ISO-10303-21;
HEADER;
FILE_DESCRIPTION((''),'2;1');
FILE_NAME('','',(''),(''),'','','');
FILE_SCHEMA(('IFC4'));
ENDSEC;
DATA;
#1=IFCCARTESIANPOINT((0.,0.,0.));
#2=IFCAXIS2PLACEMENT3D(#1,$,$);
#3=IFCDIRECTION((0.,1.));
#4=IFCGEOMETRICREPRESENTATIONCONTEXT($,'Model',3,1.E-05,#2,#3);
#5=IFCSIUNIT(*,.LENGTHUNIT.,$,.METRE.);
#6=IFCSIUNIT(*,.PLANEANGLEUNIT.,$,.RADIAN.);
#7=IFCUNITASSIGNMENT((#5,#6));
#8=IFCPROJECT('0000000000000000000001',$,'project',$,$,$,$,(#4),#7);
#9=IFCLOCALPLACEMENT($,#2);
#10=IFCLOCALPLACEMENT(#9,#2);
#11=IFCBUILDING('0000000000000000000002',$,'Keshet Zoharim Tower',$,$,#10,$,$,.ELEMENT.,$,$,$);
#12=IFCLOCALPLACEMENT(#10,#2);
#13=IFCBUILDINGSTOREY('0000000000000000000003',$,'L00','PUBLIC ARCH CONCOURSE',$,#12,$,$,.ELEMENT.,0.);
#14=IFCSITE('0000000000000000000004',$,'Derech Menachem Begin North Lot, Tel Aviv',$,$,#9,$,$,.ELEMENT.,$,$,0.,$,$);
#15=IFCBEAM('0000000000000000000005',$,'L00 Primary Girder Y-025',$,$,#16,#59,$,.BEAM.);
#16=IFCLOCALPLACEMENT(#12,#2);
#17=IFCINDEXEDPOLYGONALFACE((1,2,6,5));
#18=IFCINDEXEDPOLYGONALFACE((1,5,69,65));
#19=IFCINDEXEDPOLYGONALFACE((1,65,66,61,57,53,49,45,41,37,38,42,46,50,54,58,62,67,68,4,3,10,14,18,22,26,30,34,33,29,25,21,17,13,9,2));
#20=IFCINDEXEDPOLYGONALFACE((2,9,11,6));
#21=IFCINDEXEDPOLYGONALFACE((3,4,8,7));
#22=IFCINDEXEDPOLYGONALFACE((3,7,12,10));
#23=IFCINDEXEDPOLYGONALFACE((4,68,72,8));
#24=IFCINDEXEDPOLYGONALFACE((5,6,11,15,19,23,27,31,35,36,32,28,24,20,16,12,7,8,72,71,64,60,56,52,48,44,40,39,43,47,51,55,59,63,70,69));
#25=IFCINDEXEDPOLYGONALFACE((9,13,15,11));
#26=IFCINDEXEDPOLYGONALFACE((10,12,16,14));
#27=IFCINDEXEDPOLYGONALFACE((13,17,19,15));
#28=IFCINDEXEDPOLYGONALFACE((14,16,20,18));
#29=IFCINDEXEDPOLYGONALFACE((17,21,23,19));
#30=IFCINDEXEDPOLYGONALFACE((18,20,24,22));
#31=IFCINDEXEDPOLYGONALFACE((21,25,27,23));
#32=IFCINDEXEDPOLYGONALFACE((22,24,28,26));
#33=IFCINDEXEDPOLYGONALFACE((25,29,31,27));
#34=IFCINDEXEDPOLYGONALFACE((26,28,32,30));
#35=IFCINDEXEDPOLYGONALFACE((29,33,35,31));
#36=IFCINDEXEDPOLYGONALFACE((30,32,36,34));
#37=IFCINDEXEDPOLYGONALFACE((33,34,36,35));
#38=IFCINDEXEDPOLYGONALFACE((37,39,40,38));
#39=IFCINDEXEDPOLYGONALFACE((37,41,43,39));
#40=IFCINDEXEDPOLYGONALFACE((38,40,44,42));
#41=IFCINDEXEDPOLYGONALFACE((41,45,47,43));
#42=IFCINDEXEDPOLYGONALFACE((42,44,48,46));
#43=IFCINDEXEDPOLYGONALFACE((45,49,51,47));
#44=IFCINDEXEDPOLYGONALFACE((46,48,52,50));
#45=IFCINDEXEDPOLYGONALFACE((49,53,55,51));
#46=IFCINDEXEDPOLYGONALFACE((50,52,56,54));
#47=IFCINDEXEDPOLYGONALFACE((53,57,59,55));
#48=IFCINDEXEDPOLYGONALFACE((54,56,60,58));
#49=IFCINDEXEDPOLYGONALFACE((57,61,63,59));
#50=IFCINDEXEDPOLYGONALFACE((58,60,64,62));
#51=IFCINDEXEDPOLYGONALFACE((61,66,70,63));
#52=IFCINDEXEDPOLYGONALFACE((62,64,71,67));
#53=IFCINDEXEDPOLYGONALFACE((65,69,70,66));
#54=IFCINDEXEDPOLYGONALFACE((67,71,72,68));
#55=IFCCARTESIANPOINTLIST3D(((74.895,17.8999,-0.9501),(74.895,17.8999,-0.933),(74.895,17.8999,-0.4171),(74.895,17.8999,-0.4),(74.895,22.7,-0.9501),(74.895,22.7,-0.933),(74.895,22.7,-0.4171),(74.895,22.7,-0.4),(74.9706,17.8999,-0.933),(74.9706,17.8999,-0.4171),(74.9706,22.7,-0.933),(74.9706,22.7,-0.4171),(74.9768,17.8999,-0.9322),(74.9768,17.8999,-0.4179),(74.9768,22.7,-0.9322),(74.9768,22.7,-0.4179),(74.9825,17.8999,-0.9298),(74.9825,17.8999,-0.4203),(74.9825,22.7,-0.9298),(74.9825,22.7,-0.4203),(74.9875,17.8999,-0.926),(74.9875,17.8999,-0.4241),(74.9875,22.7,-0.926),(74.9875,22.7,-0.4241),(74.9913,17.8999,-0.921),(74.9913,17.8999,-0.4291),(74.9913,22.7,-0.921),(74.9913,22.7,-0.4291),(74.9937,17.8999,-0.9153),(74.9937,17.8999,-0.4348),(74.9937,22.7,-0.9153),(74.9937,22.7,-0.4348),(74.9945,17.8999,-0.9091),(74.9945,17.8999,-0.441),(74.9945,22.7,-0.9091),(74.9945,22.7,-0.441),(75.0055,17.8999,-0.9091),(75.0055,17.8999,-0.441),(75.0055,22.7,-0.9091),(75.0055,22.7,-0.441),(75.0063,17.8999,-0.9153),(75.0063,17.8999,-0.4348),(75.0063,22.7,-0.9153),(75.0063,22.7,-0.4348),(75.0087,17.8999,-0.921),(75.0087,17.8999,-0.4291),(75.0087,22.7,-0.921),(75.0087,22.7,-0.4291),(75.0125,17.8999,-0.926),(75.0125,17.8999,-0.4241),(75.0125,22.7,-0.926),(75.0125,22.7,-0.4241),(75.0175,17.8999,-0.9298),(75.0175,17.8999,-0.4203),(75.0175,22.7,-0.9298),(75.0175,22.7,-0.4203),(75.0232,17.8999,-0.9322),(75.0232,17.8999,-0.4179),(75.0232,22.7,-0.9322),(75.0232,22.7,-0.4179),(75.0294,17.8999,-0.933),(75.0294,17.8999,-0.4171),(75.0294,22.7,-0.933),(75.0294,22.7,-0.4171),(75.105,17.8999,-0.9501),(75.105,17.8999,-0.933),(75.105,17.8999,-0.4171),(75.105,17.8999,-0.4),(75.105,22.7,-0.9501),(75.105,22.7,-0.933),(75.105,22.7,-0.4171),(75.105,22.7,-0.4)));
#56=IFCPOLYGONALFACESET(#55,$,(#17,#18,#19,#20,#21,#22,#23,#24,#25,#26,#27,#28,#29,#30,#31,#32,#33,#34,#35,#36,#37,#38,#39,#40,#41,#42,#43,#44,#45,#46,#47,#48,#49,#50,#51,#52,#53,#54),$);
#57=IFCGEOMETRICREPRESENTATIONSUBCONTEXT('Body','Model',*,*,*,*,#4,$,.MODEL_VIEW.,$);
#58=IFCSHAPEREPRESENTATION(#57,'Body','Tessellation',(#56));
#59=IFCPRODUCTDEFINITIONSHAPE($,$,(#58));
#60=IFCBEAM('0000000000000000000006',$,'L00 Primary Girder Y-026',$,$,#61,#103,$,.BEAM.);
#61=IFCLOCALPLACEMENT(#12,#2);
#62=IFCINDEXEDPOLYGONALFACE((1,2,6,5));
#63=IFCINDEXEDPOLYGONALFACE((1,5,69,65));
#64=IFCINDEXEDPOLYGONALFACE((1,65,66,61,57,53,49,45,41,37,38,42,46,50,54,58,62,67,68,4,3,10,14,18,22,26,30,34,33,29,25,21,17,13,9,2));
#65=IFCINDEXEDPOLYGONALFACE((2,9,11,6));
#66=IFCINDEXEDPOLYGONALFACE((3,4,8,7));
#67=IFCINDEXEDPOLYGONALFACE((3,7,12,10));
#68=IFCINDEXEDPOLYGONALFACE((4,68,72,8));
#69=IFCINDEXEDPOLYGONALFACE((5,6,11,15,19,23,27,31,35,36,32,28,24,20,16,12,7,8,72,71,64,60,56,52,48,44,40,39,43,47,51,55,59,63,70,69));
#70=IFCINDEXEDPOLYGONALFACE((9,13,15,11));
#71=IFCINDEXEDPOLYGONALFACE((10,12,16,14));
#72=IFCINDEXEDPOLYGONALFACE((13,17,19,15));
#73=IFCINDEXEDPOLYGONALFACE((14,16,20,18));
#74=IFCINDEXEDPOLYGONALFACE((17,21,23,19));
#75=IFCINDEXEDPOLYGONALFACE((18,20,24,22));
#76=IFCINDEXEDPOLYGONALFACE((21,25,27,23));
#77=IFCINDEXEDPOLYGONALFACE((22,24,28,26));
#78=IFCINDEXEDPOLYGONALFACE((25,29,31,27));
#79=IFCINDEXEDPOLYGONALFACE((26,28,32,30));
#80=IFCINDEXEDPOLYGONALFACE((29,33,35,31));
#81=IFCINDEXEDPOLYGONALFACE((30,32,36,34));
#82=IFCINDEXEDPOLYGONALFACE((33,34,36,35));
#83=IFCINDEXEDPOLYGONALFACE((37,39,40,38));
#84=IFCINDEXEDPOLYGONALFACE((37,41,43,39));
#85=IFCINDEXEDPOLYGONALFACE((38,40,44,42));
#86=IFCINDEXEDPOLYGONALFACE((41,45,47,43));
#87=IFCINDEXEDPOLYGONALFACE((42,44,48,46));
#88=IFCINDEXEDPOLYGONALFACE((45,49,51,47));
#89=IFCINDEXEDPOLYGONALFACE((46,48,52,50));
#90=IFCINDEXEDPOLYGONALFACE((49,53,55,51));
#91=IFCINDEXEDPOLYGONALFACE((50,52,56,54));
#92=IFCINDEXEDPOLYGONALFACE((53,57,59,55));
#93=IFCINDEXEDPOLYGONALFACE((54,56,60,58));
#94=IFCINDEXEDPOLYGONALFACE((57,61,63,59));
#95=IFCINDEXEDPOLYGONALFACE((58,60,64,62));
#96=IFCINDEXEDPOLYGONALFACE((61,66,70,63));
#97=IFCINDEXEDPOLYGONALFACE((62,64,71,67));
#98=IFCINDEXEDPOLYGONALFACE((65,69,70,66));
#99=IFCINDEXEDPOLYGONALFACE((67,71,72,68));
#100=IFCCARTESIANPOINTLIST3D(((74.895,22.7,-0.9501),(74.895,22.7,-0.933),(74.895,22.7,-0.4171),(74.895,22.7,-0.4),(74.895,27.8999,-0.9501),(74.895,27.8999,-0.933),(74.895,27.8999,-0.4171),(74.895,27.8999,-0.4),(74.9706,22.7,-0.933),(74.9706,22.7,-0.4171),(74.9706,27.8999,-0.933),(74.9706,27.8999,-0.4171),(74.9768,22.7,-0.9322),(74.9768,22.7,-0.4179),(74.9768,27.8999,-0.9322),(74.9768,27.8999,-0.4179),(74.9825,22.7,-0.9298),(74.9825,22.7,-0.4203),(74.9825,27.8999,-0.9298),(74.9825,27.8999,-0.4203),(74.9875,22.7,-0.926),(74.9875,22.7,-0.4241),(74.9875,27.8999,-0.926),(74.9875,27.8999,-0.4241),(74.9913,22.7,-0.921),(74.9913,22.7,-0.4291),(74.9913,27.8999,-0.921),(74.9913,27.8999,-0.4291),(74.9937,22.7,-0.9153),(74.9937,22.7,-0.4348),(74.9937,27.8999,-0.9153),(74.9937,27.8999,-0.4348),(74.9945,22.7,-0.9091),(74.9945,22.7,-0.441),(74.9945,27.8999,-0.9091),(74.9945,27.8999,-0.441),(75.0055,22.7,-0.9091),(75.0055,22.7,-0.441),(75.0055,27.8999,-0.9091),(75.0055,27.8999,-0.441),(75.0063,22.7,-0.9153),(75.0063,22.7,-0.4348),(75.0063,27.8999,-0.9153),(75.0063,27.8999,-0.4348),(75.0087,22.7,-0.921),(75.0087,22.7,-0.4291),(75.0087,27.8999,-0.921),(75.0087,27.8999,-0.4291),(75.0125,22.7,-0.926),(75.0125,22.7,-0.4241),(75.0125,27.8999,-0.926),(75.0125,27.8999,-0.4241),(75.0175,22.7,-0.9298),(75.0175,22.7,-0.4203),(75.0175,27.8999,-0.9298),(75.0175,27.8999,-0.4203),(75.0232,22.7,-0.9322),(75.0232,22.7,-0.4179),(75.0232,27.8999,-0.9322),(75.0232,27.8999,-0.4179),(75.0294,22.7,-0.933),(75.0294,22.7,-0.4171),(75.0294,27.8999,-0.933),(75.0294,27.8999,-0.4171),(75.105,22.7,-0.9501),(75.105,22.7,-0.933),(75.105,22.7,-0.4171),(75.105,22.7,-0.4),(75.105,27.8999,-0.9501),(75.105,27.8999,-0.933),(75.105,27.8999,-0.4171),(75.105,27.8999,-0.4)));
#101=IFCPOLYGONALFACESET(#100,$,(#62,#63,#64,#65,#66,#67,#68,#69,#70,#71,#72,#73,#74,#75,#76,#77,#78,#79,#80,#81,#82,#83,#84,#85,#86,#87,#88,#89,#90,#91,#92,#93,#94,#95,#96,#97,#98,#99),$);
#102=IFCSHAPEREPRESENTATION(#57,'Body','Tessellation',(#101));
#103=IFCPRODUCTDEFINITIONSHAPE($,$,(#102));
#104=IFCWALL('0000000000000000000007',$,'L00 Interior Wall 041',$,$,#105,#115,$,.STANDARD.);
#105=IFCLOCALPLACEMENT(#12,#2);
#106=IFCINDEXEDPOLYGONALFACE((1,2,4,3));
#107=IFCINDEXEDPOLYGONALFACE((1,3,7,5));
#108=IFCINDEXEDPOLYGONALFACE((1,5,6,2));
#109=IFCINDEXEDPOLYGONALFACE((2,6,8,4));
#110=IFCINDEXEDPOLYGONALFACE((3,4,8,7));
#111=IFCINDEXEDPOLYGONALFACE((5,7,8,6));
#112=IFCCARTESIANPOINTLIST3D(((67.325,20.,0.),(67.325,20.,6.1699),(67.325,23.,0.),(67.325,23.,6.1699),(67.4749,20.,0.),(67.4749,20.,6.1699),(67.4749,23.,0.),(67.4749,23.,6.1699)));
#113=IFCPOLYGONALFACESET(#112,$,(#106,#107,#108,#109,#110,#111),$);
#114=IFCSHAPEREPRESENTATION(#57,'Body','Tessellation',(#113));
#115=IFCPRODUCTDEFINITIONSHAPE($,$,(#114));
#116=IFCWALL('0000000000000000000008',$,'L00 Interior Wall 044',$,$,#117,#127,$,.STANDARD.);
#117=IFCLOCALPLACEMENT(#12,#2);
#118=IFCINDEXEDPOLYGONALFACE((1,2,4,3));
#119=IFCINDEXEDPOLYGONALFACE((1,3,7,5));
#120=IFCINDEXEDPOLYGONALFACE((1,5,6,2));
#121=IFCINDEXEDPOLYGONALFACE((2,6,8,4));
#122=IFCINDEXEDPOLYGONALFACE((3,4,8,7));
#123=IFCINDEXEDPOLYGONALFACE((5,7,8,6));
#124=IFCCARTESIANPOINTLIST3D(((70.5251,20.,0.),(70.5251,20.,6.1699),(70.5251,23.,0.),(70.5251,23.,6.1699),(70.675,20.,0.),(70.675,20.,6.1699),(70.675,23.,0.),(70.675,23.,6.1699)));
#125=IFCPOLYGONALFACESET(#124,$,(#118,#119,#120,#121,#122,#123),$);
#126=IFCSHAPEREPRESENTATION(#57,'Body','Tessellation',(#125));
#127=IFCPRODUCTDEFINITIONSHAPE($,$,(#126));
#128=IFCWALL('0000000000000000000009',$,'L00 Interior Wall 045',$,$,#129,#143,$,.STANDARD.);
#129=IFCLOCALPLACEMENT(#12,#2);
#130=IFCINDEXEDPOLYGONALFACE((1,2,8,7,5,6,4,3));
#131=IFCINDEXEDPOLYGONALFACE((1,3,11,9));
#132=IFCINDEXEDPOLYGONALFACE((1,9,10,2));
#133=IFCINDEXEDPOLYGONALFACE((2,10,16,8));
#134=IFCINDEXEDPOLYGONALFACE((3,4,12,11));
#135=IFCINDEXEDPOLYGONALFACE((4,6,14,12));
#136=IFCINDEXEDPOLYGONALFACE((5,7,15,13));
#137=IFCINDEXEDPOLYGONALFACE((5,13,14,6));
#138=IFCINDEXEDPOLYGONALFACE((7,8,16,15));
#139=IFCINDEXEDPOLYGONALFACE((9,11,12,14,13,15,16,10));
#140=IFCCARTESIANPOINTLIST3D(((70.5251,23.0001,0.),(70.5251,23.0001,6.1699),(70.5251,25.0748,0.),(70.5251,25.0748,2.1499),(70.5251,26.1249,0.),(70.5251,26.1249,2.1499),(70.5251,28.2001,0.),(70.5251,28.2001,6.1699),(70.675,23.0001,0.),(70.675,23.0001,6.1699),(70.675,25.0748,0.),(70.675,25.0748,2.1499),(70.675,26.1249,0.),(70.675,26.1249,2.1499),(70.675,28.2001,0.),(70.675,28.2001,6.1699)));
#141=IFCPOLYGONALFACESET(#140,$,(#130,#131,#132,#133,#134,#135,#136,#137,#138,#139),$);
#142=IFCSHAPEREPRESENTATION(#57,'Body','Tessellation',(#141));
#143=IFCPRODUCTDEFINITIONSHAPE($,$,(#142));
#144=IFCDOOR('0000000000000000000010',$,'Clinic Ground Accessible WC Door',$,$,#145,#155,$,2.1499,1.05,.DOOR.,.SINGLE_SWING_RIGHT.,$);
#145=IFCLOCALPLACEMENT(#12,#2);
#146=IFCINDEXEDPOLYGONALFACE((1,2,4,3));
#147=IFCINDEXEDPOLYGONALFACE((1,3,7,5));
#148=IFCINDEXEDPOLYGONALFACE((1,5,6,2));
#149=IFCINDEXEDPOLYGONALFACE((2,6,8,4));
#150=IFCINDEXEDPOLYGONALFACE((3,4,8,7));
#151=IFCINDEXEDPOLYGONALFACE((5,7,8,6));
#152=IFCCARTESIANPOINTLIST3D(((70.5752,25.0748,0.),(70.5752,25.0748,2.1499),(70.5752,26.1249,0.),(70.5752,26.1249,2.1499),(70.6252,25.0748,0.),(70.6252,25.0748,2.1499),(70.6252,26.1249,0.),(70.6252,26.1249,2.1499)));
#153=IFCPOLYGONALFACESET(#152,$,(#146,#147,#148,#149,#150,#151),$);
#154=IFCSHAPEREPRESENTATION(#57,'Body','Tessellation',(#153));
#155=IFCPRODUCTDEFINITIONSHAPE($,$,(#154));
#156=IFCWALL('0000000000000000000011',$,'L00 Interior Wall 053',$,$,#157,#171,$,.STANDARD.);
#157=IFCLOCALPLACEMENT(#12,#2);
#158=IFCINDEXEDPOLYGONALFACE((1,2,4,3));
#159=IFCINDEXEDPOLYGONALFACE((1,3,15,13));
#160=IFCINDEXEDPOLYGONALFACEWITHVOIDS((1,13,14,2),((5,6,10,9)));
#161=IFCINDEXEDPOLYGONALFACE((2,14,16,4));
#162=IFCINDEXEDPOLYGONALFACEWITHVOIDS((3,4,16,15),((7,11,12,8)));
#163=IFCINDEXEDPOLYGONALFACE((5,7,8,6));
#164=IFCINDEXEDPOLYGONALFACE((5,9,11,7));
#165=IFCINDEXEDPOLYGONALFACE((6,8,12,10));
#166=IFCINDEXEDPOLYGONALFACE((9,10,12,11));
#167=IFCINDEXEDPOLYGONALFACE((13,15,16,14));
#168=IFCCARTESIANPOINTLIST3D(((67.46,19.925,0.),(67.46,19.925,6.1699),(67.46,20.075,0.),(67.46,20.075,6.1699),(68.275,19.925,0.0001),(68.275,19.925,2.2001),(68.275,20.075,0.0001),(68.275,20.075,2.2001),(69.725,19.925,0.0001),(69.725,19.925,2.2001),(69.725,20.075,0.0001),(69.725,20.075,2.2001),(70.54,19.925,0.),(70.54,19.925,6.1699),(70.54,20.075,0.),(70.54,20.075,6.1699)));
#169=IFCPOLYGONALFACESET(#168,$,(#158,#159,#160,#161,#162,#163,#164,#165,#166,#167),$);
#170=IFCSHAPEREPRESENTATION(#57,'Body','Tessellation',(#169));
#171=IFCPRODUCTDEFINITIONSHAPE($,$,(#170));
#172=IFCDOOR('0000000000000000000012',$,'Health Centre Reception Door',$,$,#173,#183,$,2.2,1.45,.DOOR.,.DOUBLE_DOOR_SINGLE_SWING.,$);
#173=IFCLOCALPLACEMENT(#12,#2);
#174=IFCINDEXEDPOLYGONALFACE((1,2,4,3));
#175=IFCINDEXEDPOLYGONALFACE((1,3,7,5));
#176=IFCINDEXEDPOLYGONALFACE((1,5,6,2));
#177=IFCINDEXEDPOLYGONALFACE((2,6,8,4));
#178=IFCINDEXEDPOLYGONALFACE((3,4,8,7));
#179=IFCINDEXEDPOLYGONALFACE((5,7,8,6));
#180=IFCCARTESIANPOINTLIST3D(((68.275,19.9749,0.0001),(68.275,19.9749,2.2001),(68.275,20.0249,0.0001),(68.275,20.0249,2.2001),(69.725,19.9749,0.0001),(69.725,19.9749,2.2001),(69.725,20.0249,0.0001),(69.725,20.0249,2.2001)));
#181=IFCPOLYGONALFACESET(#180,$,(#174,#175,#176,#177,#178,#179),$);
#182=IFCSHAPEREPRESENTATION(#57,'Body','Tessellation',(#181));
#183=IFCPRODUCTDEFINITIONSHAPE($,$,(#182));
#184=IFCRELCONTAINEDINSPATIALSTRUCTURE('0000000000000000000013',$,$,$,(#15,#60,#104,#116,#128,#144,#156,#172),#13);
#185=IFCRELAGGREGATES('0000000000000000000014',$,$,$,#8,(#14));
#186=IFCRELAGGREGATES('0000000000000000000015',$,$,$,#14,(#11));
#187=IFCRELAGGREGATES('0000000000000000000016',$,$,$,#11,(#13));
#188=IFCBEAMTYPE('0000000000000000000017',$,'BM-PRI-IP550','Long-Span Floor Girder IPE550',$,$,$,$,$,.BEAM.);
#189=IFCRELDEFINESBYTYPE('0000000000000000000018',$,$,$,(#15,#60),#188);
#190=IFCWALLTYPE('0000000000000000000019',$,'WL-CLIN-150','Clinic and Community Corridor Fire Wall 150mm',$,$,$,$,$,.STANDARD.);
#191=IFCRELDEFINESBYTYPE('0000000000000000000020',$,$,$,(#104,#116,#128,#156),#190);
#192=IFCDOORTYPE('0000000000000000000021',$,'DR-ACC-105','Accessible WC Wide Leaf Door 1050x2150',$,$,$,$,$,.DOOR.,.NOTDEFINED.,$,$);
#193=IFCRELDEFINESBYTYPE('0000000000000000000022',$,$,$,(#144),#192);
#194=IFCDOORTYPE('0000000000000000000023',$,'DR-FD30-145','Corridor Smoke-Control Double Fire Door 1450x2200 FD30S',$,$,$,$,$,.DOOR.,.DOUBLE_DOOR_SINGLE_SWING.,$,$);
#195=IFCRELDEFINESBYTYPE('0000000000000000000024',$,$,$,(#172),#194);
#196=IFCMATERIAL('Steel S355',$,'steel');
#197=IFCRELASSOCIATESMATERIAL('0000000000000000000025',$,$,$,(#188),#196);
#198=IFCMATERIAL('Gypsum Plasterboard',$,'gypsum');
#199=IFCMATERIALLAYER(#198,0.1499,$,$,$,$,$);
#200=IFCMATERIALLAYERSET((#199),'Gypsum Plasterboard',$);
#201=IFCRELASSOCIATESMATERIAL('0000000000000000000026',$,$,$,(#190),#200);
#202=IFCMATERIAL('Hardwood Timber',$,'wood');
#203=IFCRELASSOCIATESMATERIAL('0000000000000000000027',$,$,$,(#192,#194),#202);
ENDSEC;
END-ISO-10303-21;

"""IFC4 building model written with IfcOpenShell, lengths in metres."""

from ifc_helpers import new_model, si_unit, direction, frame, frame_2d, origin, origin_2d, place, context, subcontext, project, spatial, rectangle, i_section, extrude, material, layer, layer_set, material_profile, profile_set, type_object, element, fill, save


model = new_model("IFC4")

# Units and contexts
model_context = context("Model", 3, precision=1e-05, world=origin(), true_north=direction((0.0, 1.0)))
body_context = subcontext(model_context, "Body", "Model", "MODEL_VIEW")
ifc_project = project(units=[si_unit("LENGTHUNIT", "METRE"), si_unit("PLANEANGLEUNIT", "RADIAN")], contexts=[model_context])

# Site, building, storey
site_placement = place(None, origin())
site = spatial("IfcSite", under=ifc_project, at=site_placement, Name="Derech Menachem Begin North Lot, Tel Aviv", CompositionType="ELEMENT", RefElevation=0.0)
building_placement = place(site_placement, origin())
building = spatial("IfcBuilding", under=site, at=building_placement, Name="Keshet Zoharim Tower", CompositionType="ELEMENT")
storey_placement = place(building_placement, origin())
storey = spatial("IfcBuildingStorey", under=building, at=storey_placement, Name="L00", Description="PUBLIC ARCH CONCOURSE", CompositionType="ELEMENT", Elevation=0.0)

# Beams
ifc_material_1 = material(Name="Steel S355", Category="steel")
ifc_material_profile_1 = material_profile(ifc_material_1, i_section(OverallWidth=0.21, OverallDepth=0.55, WebThickness=0.011, FlangeThickness=0.0171, FilletRadius=0.0239, at=origin_2d()), Name="IPE550")
ifc_profile_set_1 = profile_set([ifc_material_profile_1], Name="Steel S355")
beam_type_1 = type_object("IfcBeamType", Name="BM-PRI-IP550", Description="Long-Span Floor Girder IPE550", PredefinedType="BEAM", material=ifc_profile_set_1)
beam_1_placement = place(storey_placement, frame((75.0, 17.8999, -0.675), z_axis=(0.0, 1.0, 0.0), x_axis=(-1.0, 0.0, 0.0)))
element("IfcBeam", 1, at=beam_1_placement, inside=storey, type_object=beam_type_1, Name="L00 Primary Girder Y-025", PredefinedType="BEAM", context=body_context, shape_type="SweptSolid", body=[
    extrude(i_section(OverallWidth=0.21, OverallDepth=0.55, WebThickness=0.011, FlangeThickness=0.0171, FilletRadius=0.0239, at=origin_2d()), origin(), (0.0, 0.0, 1.0), 4.8),
])
beam_2_placement = place(storey_placement, frame((75.0, 22.7, -0.675), z_axis=(0.0, 1.0, 0.0), x_axis=(-1.0, 0.0, 0.0)))
element("IfcBeam", 2, at=beam_2_placement, inside=storey, type_object=beam_type_1, Name="L00 Primary Girder Y-026", PredefinedType="BEAM", context=body_context, shape_type="SweptSolid", body=[
    extrude(i_section(OverallWidth=0.21, OverallDepth=0.55, WebThickness=0.011, FlangeThickness=0.0171, FilletRadius=0.0239, at=origin_2d()), origin(), (0.0, 0.0, 1.0), 5.2),
])

# Walls
ifc_material_2 = material(Name="Gypsum Plasterboard", Category="gypsum")
ifc_layer_1 = layer(ifc_material_2, 0.1499)
ifc_layer_set_1 = layer_set([ifc_layer_1], Name="Gypsum Plasterboard")
wall_type_1 = type_object("IfcWallType", Name="WL-CLIN-150", Description="Clinic and Community Corridor Fire Wall 150mm", PredefinedType="STANDARD", material=ifc_layer_set_1)
for number, where, z_axis, x_axis, name in (
    (3, (67.3999, 20.0, 0.0), (0.0, 0.0, 1.0), (0.0, 1.0, 0.0), "L00 Interior Wall 041"),
    (4, (70.6001, 20.0, 0.0), (0.0, 0.0, 1.0), (0.0, 1.0, 0.0), "L00 Interior Wall 044"),
):
    element("IfcWall", number, at=place(storey_placement, frame(where, z_axis=z_axis, x_axis=x_axis)), inside=storey, type_object=wall_type_1, Name=name, PredefinedType="STANDARD", context=body_context, shape_type="SweptSolid", body=[
        extrude(rectangle(XDim=3.0, YDim=0.1499, at=frame_2d((1.5, 0.0))), origin(), (0.0, 0.0, 1.0), 6.1699),
    ])

# Walls, openings, doors
wall_1_placement = place(storey_placement, frame((70.6001, 23.0, 0.0), z_axis=(0.0, 0.0, 1.0), x_axis=(0.0, 1.0, 0.0)))
wall_1 = element("IfcWall", 5, at=wall_1_placement, inside=storey, type_object=wall_type_1, Name="L00 Interior Wall 045", PredefinedType="STANDARD", context=body_context, shape_type="SweptSolid", body=[
    extrude(rectangle(XDim=5.2, YDim=0.1499, at=frame_2d((2.6001, 0.0))), origin(), (0.0, 0.0, 1.0), 6.1699),
])
opening_1_placement = place(wall_1_placement, frame((2.075, 0.0, 0.0)))
opening_1 = element("IfcOpeningElement", 6, at=opening_1_placement, cuts=wall_1, PredefinedType="OPENING", context=body_context, shape_type="SweptSolid", body=[
    extrude(rectangle(XDim=1.05, YDim=2.1499, at=frame_2d((0.5249, 1.075))), frame((0.0, 0.085, 0.0), z_axis=(0.0, -1.0, 0.0), x_axis=(1.0, 0.0, 0.0)), (0.0, 0.0, 1.0), 0.1699),
])
ifc_material_3 = material(Name="Hardwood Timber", Category="wood")
door_type_1 = type_object("IfcDoorType", Name="DR-ACC-105", Description="Accessible WC Wide Leaf Door 1050x2150", OperationType="NOTDEFINED", PredefinedType="DOOR", material=ifc_material_3)
door_1_placement = place(opening_1_placement, origin())
door_1 = element("IfcDoor", 7, at=door_1_placement, inside=storey, type_object=door_type_1, Name="Clinic Ground Accessible WC Door", OperationType="SINGLE_SWING_RIGHT", OverallHeight=2.1499, OverallWidth=1.05, PredefinedType="DOOR", context=body_context, shape_type="SweptSolid", body=[
    extrude(rectangle(XDim=1.05, YDim=2.1499, at=frame_2d((0.5249, 1.075))), frame((0.0, 0.0249, 0.0), z_axis=(0.0, -1.0, 0.0), x_axis=(1.0, 0.0, 0.0)), (0.0, 0.0, 1.0), 0.05),
])
fill(opening_1, door_1)
wall_2_placement = place(storey_placement, frame((67.46, 20.0, 0.0), z_axis=(0.0, 0.0, 1.0), x_axis=(1.0, 0.0, 0.0)))
wall_2 = element("IfcWall", 8, at=wall_2_placement, inside=storey, type_object=wall_type_1, Name="L00 Interior Wall 053", PredefinedType="STANDARD", context=body_context, shape_type="SweptSolid", body=[
    extrude(rectangle(XDim=3.0801, YDim=0.1499, at=frame_2d((1.54, 0.0))), origin(), (0.0, 0.0, 1.0), 6.1699),
])
opening_2_placement = place(wall_2_placement, frame((0.8149, 0.0, 0.0)))
opening_2 = element("IfcOpeningElement", 9, at=opening_2_placement, cuts=wall_2, PredefinedType="OPENING", context=body_context, shape_type="SweptSolid", body=[
    extrude(rectangle(XDim=1.45, YDim=2.2, at=frame_2d((0.7251, 1.1001))), frame((0.0, 0.085, 0.0), z_axis=(0.0, -1.0, 0.0), x_axis=(1.0, 0.0, 0.0)), (0.0, 0.0, 1.0), 0.1699),
])
door_type_2 = type_object("IfcDoorType", Name="DR-FD30-145", Description="Corridor Smoke-Control Double Fire Door 1450x2200 FD30S", OperationType="DOUBLE_DOOR_SINGLE_SWING", PredefinedType="DOOR", material=ifc_material_3)
door_2_placement = place(opening_2_placement, origin())
door_2 = element("IfcDoor", 10, at=door_2_placement, inside=storey, type_object=door_type_2, Name="Health Centre Reception Door", OperationType="DOUBLE_DOOR_SINGLE_SWING", OverallHeight=2.2, OverallWidth=1.45, PredefinedType="DOOR", context=body_context, shape_type="SweptSolid", body=[
    extrude(rectangle(XDim=1.45, YDim=2.2, at=frame_2d((0.7251, 1.1001))), frame((0.0, 0.0249, 0.0), z_axis=(0.0, -1.0, 0.0), x_axis=(1.0, 0.0, 0.0)), (0.0, 0.0, 1.0), 0.05),
])
fill(opening_2, door_2)

save(model, "model.ifc")
